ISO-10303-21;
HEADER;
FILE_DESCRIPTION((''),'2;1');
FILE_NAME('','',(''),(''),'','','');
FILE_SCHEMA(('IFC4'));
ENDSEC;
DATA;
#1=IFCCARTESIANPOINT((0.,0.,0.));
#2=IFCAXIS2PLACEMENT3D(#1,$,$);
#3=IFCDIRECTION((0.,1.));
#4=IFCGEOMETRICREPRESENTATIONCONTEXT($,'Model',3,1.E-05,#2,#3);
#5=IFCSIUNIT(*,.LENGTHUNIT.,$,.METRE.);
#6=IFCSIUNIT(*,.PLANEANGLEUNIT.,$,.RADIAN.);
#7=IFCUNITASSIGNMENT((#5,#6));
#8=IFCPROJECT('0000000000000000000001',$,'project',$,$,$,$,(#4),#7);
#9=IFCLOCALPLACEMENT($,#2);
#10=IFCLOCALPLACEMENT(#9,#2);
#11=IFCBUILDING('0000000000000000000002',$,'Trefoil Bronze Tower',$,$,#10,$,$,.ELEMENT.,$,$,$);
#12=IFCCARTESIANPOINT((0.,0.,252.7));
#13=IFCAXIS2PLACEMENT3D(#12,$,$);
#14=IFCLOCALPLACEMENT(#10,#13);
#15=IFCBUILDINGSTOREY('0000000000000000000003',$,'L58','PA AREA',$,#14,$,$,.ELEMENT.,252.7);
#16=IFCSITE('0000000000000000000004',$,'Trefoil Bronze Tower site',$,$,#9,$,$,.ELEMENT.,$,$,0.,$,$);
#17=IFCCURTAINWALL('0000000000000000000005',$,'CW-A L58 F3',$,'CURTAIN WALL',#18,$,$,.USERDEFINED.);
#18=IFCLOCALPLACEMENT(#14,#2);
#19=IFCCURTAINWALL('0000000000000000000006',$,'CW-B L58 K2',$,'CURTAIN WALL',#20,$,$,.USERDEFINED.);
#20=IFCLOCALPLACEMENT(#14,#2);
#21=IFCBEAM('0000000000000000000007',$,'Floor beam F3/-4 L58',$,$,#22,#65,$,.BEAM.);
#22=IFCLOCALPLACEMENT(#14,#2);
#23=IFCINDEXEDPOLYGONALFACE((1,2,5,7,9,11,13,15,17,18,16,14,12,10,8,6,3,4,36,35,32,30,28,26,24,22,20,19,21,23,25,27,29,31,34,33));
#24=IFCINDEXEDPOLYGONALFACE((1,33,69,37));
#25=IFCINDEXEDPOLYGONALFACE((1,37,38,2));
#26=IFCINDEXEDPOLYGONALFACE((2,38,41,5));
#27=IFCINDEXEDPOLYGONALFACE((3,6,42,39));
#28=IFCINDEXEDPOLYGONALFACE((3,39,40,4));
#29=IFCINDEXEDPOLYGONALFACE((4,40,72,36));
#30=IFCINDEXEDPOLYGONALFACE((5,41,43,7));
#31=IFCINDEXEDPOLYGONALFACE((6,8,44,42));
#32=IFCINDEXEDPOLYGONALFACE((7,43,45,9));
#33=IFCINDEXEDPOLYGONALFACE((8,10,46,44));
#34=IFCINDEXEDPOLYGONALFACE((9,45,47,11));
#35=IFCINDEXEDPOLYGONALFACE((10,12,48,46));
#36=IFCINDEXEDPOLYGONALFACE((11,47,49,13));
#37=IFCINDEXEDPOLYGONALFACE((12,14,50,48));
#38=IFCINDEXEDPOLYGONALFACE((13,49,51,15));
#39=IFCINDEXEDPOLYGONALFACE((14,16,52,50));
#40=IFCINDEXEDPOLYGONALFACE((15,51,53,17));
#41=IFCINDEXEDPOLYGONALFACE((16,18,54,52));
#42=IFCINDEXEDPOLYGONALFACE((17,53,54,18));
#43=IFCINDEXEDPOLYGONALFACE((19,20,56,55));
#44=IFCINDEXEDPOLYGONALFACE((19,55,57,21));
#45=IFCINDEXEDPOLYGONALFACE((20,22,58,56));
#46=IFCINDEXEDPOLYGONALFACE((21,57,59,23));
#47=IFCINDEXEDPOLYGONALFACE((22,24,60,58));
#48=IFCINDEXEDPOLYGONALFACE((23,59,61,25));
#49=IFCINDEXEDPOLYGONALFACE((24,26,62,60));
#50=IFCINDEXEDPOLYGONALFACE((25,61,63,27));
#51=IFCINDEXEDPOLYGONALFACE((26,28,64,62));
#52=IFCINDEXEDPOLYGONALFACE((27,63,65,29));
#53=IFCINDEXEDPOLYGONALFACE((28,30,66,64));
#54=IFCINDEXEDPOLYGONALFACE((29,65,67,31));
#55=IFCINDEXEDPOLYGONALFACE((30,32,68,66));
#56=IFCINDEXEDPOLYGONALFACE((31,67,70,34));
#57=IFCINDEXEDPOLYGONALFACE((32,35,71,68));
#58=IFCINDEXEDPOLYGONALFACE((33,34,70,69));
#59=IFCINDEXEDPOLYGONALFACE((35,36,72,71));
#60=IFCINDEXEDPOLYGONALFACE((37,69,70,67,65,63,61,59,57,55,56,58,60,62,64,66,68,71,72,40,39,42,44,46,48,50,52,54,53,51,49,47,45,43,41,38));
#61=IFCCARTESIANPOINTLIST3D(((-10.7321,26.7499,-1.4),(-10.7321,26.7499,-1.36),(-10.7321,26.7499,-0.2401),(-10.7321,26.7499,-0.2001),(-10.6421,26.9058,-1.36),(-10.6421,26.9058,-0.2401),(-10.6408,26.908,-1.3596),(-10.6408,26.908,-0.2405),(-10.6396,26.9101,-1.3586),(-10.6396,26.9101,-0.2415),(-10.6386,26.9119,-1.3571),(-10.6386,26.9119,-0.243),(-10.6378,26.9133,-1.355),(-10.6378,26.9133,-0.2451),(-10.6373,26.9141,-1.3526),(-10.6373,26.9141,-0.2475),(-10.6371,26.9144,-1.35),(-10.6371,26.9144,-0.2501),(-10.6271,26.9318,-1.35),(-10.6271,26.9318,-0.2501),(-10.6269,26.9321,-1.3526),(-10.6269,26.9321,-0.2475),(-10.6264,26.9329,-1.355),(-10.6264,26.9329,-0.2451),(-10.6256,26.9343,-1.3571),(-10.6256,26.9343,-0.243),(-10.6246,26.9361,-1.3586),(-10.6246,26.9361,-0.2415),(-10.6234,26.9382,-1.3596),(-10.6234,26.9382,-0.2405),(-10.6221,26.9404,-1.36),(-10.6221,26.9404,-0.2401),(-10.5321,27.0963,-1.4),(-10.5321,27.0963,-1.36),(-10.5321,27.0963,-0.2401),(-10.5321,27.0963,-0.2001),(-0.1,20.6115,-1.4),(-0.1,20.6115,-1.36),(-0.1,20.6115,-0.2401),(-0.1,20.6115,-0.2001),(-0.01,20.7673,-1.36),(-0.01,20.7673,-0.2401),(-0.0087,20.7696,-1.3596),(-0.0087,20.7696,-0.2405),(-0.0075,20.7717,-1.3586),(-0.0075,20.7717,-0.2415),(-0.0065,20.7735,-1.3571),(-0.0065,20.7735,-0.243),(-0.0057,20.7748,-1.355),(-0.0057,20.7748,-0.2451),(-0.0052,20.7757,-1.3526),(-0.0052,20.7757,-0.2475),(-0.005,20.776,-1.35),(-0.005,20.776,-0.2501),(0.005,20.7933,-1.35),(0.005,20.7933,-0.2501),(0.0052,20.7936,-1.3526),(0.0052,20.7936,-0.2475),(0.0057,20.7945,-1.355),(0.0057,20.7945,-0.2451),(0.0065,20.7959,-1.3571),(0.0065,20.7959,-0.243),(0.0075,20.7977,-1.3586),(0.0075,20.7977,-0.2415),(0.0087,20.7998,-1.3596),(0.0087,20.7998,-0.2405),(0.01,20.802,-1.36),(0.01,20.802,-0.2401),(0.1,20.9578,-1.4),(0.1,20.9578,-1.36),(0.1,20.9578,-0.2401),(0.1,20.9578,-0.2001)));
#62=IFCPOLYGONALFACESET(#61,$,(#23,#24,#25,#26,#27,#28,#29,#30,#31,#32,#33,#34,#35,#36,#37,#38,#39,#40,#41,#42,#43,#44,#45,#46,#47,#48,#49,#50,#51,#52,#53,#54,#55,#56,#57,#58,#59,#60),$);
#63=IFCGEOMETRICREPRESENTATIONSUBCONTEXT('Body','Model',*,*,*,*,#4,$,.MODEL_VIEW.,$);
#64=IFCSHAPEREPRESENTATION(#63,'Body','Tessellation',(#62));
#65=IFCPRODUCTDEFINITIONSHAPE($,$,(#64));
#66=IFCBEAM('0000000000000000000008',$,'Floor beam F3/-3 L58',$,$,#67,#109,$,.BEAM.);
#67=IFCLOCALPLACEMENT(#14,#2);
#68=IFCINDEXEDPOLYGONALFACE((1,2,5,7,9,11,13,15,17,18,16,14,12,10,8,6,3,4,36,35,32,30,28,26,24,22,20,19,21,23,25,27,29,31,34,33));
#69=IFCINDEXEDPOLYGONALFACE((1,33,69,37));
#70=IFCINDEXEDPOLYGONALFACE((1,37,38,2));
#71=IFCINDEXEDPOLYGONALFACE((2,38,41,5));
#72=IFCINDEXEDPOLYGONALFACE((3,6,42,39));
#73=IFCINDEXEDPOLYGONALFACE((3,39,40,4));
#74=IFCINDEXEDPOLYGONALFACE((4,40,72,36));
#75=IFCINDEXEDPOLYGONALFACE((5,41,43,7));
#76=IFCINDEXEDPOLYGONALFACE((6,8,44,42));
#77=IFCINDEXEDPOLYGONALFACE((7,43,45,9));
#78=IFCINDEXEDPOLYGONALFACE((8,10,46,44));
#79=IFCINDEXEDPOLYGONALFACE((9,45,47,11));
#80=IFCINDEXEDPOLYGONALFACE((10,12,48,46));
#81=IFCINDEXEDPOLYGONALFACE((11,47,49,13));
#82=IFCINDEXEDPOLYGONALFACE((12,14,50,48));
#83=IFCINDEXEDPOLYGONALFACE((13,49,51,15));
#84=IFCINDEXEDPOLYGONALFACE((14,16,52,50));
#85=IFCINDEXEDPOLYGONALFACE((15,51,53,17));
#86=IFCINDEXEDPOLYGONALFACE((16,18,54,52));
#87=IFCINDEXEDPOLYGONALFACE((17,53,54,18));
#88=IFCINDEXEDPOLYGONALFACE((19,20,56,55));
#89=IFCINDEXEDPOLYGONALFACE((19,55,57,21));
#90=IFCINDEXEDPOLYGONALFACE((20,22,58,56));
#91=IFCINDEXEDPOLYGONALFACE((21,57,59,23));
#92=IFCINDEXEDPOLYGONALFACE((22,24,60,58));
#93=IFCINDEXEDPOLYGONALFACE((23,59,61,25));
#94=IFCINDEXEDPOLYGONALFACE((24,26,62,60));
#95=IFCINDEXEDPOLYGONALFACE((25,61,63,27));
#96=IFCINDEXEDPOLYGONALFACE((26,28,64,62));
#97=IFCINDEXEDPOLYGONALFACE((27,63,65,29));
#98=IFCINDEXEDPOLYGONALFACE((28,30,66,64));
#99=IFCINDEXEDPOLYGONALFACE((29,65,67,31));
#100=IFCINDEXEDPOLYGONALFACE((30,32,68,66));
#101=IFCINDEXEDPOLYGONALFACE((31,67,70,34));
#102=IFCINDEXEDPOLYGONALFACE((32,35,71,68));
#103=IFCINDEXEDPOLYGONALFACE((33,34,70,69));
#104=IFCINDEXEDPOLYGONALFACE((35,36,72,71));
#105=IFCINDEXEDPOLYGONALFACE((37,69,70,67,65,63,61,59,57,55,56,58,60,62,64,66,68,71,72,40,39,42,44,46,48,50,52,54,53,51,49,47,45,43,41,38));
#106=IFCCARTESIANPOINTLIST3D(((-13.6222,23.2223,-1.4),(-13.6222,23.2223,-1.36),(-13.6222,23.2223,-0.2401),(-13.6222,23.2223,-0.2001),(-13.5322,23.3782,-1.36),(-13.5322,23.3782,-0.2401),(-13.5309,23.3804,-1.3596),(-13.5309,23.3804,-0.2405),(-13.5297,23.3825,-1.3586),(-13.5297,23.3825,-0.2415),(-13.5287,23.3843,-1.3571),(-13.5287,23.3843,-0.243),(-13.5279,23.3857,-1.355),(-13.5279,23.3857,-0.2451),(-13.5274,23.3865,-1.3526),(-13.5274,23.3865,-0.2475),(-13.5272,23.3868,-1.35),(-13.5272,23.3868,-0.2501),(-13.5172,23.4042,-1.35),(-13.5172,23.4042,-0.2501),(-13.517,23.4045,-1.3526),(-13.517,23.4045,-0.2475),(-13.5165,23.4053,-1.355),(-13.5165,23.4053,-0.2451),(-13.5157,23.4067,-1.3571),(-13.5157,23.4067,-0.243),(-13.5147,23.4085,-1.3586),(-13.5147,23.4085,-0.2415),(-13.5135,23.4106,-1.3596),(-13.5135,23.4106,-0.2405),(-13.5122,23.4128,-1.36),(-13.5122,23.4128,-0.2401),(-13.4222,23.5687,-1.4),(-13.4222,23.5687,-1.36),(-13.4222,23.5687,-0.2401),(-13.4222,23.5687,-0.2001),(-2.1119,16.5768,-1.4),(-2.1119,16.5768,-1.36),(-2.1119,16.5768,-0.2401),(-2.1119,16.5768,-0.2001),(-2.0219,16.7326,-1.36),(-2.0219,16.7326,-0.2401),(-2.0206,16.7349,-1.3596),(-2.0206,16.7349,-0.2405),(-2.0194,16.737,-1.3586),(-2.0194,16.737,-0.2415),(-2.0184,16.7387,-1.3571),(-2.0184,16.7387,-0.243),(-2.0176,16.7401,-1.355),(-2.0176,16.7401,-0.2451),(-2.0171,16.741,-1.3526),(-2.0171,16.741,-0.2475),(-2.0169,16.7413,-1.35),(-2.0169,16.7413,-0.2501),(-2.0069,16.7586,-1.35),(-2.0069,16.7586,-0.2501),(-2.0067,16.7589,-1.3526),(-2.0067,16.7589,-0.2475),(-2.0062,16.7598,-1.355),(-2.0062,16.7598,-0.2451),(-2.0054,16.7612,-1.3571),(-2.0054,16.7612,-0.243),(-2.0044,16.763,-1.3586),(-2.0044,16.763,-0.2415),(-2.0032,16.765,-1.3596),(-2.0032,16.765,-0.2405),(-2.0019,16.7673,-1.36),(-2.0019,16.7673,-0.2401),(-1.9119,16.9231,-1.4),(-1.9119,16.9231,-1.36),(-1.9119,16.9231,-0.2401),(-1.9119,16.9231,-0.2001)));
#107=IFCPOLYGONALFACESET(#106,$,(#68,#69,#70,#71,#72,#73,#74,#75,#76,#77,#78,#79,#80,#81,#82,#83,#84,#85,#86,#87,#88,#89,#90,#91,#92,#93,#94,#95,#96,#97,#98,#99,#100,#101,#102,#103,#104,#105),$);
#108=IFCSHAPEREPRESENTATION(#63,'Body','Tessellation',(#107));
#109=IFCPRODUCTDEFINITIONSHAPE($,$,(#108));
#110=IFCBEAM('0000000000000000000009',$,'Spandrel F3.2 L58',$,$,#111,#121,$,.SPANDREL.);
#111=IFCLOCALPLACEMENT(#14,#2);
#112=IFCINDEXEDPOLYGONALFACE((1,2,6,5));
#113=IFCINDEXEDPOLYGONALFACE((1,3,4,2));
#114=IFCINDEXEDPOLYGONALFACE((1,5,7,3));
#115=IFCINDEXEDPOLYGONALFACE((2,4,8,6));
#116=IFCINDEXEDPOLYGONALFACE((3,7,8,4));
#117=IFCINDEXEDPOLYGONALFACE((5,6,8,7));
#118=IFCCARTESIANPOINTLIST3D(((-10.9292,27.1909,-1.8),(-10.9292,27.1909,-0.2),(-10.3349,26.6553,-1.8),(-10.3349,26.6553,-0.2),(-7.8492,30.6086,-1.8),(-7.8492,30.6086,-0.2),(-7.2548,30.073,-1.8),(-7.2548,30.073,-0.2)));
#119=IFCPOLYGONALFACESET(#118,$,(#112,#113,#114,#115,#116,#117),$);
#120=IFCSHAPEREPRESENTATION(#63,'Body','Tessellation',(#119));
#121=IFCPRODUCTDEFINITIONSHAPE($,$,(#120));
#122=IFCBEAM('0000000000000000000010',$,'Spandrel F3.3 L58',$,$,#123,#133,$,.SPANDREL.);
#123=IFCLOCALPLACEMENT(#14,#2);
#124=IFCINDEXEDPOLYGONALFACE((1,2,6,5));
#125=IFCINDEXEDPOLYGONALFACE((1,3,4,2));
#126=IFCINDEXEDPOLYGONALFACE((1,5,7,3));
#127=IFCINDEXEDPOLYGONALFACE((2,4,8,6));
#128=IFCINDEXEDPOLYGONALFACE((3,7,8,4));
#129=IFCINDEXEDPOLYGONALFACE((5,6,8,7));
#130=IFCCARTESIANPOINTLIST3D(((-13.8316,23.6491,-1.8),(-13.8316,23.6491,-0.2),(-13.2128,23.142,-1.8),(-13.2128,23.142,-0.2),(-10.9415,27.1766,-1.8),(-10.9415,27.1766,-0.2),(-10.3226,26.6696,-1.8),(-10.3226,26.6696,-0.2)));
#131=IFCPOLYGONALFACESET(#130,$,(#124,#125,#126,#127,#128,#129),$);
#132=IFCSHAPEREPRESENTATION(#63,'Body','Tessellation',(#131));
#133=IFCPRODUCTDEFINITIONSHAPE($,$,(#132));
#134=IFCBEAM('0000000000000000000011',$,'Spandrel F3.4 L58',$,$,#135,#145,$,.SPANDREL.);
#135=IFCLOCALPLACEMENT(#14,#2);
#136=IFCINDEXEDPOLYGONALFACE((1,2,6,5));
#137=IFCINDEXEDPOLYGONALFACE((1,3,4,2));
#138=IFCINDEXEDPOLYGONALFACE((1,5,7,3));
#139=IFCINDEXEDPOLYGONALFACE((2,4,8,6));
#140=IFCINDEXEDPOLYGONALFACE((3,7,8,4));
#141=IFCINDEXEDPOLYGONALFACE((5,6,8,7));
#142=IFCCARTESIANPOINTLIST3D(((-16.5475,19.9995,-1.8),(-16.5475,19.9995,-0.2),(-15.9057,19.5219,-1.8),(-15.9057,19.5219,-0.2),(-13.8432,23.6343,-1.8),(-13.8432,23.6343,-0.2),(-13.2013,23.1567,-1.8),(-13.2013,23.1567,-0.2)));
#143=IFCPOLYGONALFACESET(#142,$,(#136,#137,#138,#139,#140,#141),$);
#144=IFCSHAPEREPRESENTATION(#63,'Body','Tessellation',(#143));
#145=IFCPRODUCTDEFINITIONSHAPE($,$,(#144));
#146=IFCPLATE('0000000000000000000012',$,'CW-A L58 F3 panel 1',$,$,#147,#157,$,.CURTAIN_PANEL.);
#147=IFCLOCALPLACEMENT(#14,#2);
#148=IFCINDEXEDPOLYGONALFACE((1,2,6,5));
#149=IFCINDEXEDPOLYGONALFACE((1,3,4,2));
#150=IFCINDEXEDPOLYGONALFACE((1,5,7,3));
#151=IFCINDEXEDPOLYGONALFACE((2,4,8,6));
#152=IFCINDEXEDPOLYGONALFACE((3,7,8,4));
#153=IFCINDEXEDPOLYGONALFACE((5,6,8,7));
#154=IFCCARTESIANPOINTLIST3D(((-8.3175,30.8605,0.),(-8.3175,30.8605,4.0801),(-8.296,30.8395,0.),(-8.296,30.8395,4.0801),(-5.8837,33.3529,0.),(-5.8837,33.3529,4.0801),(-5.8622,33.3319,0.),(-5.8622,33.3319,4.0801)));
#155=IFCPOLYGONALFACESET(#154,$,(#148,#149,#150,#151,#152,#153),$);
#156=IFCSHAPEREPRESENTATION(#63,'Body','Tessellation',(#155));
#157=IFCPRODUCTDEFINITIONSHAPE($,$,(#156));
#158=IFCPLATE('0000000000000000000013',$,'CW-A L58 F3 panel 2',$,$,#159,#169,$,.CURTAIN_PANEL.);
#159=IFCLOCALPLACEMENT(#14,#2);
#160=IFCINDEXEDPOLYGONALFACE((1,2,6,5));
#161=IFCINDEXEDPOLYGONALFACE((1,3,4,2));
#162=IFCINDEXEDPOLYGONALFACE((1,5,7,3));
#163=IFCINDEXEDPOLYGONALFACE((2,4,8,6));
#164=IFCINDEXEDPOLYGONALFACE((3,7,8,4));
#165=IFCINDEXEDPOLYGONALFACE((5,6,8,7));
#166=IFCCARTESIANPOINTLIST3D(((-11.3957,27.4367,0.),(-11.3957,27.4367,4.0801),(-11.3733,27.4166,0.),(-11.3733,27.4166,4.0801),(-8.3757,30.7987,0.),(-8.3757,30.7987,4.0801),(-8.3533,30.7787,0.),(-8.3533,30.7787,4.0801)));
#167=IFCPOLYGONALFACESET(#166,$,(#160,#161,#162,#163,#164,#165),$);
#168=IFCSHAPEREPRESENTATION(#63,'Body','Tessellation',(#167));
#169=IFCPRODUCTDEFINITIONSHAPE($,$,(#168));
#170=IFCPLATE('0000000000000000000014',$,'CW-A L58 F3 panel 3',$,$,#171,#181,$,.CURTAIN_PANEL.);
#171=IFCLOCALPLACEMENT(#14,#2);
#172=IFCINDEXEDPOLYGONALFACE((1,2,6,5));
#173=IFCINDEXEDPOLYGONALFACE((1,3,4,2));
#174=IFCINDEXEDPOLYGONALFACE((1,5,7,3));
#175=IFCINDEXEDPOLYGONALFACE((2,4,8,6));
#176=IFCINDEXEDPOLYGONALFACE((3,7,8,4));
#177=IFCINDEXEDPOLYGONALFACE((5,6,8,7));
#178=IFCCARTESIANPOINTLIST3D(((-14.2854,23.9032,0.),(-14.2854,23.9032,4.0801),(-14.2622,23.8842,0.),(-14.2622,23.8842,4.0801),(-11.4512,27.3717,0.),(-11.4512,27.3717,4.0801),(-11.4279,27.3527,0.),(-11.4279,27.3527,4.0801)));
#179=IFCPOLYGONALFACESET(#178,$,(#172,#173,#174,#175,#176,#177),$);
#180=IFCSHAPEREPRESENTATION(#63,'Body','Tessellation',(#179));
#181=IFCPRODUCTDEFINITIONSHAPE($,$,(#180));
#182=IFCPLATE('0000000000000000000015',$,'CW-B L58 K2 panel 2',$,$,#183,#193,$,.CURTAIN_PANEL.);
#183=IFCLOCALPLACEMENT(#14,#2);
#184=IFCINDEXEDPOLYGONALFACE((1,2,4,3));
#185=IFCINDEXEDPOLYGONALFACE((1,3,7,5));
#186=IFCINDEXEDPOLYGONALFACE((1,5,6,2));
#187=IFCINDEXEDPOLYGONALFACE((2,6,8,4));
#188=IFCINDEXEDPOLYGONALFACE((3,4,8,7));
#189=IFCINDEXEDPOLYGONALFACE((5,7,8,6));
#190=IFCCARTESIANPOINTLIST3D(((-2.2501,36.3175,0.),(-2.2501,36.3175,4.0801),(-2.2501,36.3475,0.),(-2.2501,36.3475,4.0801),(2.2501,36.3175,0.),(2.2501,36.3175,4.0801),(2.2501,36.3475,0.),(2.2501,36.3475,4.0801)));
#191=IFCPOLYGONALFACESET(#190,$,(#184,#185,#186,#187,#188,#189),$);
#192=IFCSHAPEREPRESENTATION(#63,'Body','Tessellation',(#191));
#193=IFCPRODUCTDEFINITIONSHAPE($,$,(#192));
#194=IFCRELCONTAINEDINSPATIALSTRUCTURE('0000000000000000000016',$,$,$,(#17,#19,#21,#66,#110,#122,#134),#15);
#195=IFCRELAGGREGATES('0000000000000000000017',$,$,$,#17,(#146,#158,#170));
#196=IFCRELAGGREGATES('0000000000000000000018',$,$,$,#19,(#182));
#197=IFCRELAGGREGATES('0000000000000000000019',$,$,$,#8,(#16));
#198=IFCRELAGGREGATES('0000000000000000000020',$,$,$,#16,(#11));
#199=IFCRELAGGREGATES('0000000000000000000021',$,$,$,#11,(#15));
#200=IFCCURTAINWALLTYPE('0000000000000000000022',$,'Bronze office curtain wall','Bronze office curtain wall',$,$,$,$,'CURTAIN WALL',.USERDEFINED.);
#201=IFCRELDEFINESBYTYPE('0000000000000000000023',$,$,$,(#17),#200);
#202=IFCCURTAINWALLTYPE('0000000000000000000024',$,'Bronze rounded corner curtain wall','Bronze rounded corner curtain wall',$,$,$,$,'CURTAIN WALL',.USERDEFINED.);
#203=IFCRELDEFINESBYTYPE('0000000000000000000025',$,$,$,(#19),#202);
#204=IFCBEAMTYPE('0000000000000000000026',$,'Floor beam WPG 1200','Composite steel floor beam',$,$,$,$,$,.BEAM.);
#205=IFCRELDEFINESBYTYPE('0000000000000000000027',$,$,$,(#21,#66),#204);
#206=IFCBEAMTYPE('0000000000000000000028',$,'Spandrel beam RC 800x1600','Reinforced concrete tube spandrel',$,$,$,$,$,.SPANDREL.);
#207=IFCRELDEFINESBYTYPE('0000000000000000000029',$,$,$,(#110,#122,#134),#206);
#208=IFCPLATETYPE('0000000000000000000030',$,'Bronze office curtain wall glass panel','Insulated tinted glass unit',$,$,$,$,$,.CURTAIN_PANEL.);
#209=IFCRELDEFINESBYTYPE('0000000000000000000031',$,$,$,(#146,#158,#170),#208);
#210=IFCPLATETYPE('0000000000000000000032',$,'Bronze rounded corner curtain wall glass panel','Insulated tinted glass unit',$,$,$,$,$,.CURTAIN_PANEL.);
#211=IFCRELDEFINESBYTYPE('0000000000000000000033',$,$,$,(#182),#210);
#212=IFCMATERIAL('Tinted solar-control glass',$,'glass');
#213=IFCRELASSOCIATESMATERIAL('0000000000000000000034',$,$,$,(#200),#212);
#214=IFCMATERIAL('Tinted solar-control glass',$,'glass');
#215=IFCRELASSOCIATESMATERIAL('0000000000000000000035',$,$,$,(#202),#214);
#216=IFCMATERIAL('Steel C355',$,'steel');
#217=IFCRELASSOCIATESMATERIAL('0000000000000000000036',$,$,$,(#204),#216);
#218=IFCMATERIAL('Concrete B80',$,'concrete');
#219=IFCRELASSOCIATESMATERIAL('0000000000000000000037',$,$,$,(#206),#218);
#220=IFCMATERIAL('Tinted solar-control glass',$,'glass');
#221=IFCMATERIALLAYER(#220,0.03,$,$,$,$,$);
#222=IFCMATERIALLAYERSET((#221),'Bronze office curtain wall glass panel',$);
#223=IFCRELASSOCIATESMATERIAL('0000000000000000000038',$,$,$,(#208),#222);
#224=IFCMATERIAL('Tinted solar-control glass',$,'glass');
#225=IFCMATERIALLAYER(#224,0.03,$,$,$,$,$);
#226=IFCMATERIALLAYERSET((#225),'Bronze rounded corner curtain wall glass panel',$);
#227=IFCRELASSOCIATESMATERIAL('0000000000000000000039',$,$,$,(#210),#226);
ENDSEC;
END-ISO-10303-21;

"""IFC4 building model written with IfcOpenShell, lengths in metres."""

from ifc_helpers import new_model, si_unit, direction, frame, origin, origin_2d, place, context, subcontext, project, spatial, rectangle, i_section, extrude, material, layer, layer_set, material_profile, profile_set, type_object, element, aggregate, save


model = new_model("IFC4")

# Units and contexts
model_context = context("Model", 3, precision=1e-05, world=origin(), true_north=direction((0.0, 1.0)))
body_context = subcontext(model_context, "Body", "Model", "MODEL_VIEW")
ifc_project = project(units=[si_unit("LENGTHUNIT", "METRE"), si_unit("PLANEANGLEUNIT", "RADIAN")], contexts=[model_context])

# Site, building, storey
site_placement = place(None, origin())
site = spatial("IfcSite", under=ifc_project, at=site_placement, Name="Trefoil Bronze Tower site", CompositionType="ELEMENT", RefElevation=0.0)
building_placement = place(site_placement, origin())
building = spatial("IfcBuilding", under=site, at=building_placement, Name="Trefoil Bronze Tower", CompositionType="ELEMENT")
storey_placement = place(building_placement, frame((0.0, 0.0, 252.7)))
storey = spatial("IfcBuildingStorey", under=building, at=storey_placement, Name="L58", Description="PA AREA", CompositionType="ELEMENT", Elevation=252.7)

# Curtain walls
ifc_material_1 = material(Name="Tinted solar-control glass", Category="glass")
curtain_wall_type_1 = type_object("IfcCurtainWallType", Name="Bronze office curtain wall", Description="Bronze office curtain wall", ElementType="CURTAIN WALL", PredefinedType="USERDEFINED", material=ifc_material_1)
curtain_wall_1_placement = place(storey_placement, origin())
curtain_wall_1 = element("IfcCurtainWall", 1, at=curtain_wall_1_placement, inside=storey, type_object=curtain_wall_type_1, Name="CW-A L58 F3", ObjectType="CURTAIN WALL", PredefinedType="USERDEFINED")
ifc_material_2 = material(Name="Tinted solar-control glass", Category="glass")
curtain_wall_type_2 = type_object("IfcCurtainWallType", Name="Bronze rounded corner curtain wall", Description="Bronze rounded corner curtain wall", ElementType="CURTAIN WALL", PredefinedType="USERDEFINED", material=ifc_material_2)
curtain_wall_2_placement = place(storey_placement, origin())
curtain_wall_2 = element("IfcCurtainWall", 2, at=curtain_wall_2_placement, inside=storey, type_object=curtain_wall_type_2, Name="CW-B L58 K2", ObjectType="CURTAIN WALL", PredefinedType="USERDEFINED")

# Beams
ifc_material_3 = material(Name="Steel C355", Category="steel")
ifc_material_profile_1 = material_profile(ifc_material_3, i_section(OverallWidth=0.3999, OverallDepth=1.2, WebThickness=0.02, FlangeThickness=0.04, FilletRadius=0.01, at=origin_2d()), Name="WPG 1200")
ifc_profile_set_1 = profile_set([ifc_material_profile_1], Name="Steel C355")
beam_type_1 = type_object("IfcBeamType", Name="Floor beam WPG 1200", Description="Composite steel floor beam", PredefinedType="BEAM", material=ifc_profile_set_1)
beam_1_placement = place(storey_placement, frame((-10.6321, 26.9231, -0.8), z_axis=(0.866026, -0.5, 0.0), x_axis=(0.5, 0.866026, 0.0)))
element("IfcBeam", 3, at=beam_1_placement, inside=storey, type_object=beam_type_1, Name="Floor beam F3/-4 L58", PredefinedType="BEAM", context=body_context, shape_type="SweptSolid", body=[
    extrude(i_section(OverallWidth=0.3999, OverallDepth=1.2, WebThickness=0.02, FlangeThickness=0.04, FilletRadius=0.01, at=origin_2d()), origin(), (0.0, 0.0, 1.0), 12.2769),
])
beam_2_placement = place(storey_placement, frame((-13.5222, 23.3955, -0.8), z_axis=(0.866023, -0.500003, 0.0), x_axis=(0.500003, 0.866023, 0.0)))
element("IfcBeam", 4, at=beam_2_placement, inside=storey, type_object=beam_type_1, Name="Floor beam F3/-3 L58", PredefinedType="BEAM", context=body_context, shape_type="SweptSolid", body=[
    extrude(i_section(OverallWidth=0.3999, OverallDepth=1.2, WebThickness=0.02, FlangeThickness=0.04, FilletRadius=0.01, at=origin_2d()), origin(), (0.0, 0.0, 1.0), 13.291),
])
ifc_material_4 = material(Name="Concrete B80", Category="concrete")
ifc_material_profile_2 = material_profile(ifc_material_4, rectangle(XDim=0.8, YDim=1.6001, at=origin_2d()), Name="RC 800x1600")
ifc_profile_set_2 = profile_set([ifc_material_profile_2], Name="Concrete B80")
beam_type_2 = type_object("IfcBeamType", Name="Spandrel beam RC 800x1600", Description="Reinforced concrete tube spandrel", PredefinedType="SPANDREL", material=ifc_profile_set_2)
beam_3_placement = place(storey_placement, frame((-7.552, 30.3408, -1.0), z_axis=(-0.66946, -0.742848, 0.0), x_axis=(0.742848, -0.66946, 0.0)))
element("IfcBeam", 5, at=beam_3_placement, inside=storey, type_object=beam_type_2, Name="Spandrel F3.2 L58", PredefinedType="SPANDREL", context=body_context, shape_type="SweptSolid", body=[
    extrude(rectangle(XDim=0.8, YDim=1.6001, at=origin_2d()), origin(), (0.0, 0.0, 1.0), 4.6008),
])
beam_4_placement = place(storey_placement, frame((-10.6321, 26.9231, -1.0), z_axis=(-0.633754, -0.773535, 0.0), x_axis=(0.773535, -0.633754, 0.0)))
element("IfcBeam", 6, at=beam_4_placement, inside=storey, type_object=beam_type_2, Name="Spandrel F3.3 L58", PredefinedType="SPANDREL", context=body_context, shape_type="SweptSolid", body=[
    extrude(rectangle(XDim=0.8, YDim=1.6001, at=origin_2d()), origin(), (0.0, 0.0, 1.0), 4.5603),
])
beam_5_placement = place(storey_placement, frame((-13.5222, 23.3955, -1.0), z_axis=(-0.596926, -0.802296, 0.0), x_axis=(0.802296, -0.596926, 0.0)))
element("IfcBeam", 7, at=beam_5_placement, inside=storey, type_object=beam_type_2, Name="Spandrel F3.4 L58", PredefinedType="SPANDREL", context=body_context, shape_type="SweptSolid", body=[
    extrude(rectangle(XDim=0.8, YDim=1.6001, at=origin_2d()), origin(), (0.0, 0.0, 1.0), 4.5305),
])

# Plates
ifc_material_5 = material(Name="Tinted solar-control glass", Category="glass")
ifc_layer_1 = layer(ifc_material_5, 0.03)
ifc_layer_set_1 = layer_set([ifc_layer_1], Name="Bronze office curtain wall glass panel")
plate_type_1 = type_object("IfcPlateType", Name="Bronze office curtain wall glass panel", Description="Insulated tinted glass unit", PredefinedType="CURTAIN_PANEL", material=ifc_layer_set_1)
plate_1_placement = place(storey_placement, frame((-7.0898, 32.0962, 0.0), z_axis=(0.0, 0.0, 1.0), x_axis=(-0.698652, -0.715462, 0.0)))
plate_1 = element("IfcPlate", 8, at=plate_1_placement, type_object=plate_type_1, Name="CW-A L58 F3 panel 1", PredefinedType="CURTAIN_PANEL", context=body_context, shape_type="SweptSolid", body=[
    extrude(rectangle(XDim=3.4836, YDim=0.03, at=origin_2d()), origin(), (0.0, 0.0, 1.0), 4.0801),
])
plate_2_placement = place(storey_placement, frame((-9.8745, 29.1077, 0.0), z_axis=(0.0, 0.0, 1.0), x_axis=(-0.668246, -0.743941, 0.0)))
plate_2 = element("IfcPlate", 9, at=plate_2_placement, type_object=plate_type_1, Name="CW-A L58 F3 panel 2", PredefinedType="CURTAIN_PANEL", context=body_context, shape_type="SweptSolid", body=[
    extrude(rectangle(XDim=4.5193, YDim=0.03, at=origin_2d()), origin(), (0.0, 0.0, 1.0), 4.0801),
])
plate_3_placement = place(storey_placement, frame((-12.8567, 25.6279, 0.0), z_axis=(0.0, 0.0, 1.0), x_axis=(-0.632753, -0.774354, 0.0)))
plate_3 = element("IfcPlate", 10, at=plate_3_placement, type_object=plate_type_1, Name="CW-A L58 F3 panel 3", PredefinedType="CURTAIN_PANEL", context=body_context, shape_type="SweptSolid", body=[
    extrude(rectangle(XDim=4.4792, YDim=0.03, at=origin_2d()), origin(), (0.0, 0.0, 1.0), 4.0801),
])
aggregate(curtain_wall_1, [plate_1, plate_2, plate_3])
ifc_material_6 = material(Name="Tinted solar-control glass", Category="glass")
ifc_layer_2 = layer(ifc_material_6, 0.03)
ifc_layer_set_2 = layer_set([ifc_layer_2], Name="Bronze rounded corner curtain wall glass panel")
plate_type_2 = type_object("IfcPlateType", Name="Bronze rounded corner curtain wall glass panel", Description="Insulated tinted glass unit", PredefinedType="CURTAIN_PANEL", material=ifc_layer_set_2)
plate_4_placement = place(storey_placement, frame((0.0, 36.3325, 0.0), z_axis=(0.0, 0.0, 1.0), x_axis=(-1.0, 0.0, 0.0)))
plate_4 = element("IfcPlate", 11, at=plate_4_placement, type_object=plate_type_2, Name="CW-B L58 K2 panel 2", PredefinedType="CURTAIN_PANEL", context=body_context, shape_type="SweptSolid", body=[
    extrude(rectangle(XDim=4.5002, YDim=0.03, at=origin_2d()), origin(), (0.0, 0.0, 1.0), 4.0801),
])
aggregate(curtain_wall_2, [plate_4])

save(model, "model.ifc")
